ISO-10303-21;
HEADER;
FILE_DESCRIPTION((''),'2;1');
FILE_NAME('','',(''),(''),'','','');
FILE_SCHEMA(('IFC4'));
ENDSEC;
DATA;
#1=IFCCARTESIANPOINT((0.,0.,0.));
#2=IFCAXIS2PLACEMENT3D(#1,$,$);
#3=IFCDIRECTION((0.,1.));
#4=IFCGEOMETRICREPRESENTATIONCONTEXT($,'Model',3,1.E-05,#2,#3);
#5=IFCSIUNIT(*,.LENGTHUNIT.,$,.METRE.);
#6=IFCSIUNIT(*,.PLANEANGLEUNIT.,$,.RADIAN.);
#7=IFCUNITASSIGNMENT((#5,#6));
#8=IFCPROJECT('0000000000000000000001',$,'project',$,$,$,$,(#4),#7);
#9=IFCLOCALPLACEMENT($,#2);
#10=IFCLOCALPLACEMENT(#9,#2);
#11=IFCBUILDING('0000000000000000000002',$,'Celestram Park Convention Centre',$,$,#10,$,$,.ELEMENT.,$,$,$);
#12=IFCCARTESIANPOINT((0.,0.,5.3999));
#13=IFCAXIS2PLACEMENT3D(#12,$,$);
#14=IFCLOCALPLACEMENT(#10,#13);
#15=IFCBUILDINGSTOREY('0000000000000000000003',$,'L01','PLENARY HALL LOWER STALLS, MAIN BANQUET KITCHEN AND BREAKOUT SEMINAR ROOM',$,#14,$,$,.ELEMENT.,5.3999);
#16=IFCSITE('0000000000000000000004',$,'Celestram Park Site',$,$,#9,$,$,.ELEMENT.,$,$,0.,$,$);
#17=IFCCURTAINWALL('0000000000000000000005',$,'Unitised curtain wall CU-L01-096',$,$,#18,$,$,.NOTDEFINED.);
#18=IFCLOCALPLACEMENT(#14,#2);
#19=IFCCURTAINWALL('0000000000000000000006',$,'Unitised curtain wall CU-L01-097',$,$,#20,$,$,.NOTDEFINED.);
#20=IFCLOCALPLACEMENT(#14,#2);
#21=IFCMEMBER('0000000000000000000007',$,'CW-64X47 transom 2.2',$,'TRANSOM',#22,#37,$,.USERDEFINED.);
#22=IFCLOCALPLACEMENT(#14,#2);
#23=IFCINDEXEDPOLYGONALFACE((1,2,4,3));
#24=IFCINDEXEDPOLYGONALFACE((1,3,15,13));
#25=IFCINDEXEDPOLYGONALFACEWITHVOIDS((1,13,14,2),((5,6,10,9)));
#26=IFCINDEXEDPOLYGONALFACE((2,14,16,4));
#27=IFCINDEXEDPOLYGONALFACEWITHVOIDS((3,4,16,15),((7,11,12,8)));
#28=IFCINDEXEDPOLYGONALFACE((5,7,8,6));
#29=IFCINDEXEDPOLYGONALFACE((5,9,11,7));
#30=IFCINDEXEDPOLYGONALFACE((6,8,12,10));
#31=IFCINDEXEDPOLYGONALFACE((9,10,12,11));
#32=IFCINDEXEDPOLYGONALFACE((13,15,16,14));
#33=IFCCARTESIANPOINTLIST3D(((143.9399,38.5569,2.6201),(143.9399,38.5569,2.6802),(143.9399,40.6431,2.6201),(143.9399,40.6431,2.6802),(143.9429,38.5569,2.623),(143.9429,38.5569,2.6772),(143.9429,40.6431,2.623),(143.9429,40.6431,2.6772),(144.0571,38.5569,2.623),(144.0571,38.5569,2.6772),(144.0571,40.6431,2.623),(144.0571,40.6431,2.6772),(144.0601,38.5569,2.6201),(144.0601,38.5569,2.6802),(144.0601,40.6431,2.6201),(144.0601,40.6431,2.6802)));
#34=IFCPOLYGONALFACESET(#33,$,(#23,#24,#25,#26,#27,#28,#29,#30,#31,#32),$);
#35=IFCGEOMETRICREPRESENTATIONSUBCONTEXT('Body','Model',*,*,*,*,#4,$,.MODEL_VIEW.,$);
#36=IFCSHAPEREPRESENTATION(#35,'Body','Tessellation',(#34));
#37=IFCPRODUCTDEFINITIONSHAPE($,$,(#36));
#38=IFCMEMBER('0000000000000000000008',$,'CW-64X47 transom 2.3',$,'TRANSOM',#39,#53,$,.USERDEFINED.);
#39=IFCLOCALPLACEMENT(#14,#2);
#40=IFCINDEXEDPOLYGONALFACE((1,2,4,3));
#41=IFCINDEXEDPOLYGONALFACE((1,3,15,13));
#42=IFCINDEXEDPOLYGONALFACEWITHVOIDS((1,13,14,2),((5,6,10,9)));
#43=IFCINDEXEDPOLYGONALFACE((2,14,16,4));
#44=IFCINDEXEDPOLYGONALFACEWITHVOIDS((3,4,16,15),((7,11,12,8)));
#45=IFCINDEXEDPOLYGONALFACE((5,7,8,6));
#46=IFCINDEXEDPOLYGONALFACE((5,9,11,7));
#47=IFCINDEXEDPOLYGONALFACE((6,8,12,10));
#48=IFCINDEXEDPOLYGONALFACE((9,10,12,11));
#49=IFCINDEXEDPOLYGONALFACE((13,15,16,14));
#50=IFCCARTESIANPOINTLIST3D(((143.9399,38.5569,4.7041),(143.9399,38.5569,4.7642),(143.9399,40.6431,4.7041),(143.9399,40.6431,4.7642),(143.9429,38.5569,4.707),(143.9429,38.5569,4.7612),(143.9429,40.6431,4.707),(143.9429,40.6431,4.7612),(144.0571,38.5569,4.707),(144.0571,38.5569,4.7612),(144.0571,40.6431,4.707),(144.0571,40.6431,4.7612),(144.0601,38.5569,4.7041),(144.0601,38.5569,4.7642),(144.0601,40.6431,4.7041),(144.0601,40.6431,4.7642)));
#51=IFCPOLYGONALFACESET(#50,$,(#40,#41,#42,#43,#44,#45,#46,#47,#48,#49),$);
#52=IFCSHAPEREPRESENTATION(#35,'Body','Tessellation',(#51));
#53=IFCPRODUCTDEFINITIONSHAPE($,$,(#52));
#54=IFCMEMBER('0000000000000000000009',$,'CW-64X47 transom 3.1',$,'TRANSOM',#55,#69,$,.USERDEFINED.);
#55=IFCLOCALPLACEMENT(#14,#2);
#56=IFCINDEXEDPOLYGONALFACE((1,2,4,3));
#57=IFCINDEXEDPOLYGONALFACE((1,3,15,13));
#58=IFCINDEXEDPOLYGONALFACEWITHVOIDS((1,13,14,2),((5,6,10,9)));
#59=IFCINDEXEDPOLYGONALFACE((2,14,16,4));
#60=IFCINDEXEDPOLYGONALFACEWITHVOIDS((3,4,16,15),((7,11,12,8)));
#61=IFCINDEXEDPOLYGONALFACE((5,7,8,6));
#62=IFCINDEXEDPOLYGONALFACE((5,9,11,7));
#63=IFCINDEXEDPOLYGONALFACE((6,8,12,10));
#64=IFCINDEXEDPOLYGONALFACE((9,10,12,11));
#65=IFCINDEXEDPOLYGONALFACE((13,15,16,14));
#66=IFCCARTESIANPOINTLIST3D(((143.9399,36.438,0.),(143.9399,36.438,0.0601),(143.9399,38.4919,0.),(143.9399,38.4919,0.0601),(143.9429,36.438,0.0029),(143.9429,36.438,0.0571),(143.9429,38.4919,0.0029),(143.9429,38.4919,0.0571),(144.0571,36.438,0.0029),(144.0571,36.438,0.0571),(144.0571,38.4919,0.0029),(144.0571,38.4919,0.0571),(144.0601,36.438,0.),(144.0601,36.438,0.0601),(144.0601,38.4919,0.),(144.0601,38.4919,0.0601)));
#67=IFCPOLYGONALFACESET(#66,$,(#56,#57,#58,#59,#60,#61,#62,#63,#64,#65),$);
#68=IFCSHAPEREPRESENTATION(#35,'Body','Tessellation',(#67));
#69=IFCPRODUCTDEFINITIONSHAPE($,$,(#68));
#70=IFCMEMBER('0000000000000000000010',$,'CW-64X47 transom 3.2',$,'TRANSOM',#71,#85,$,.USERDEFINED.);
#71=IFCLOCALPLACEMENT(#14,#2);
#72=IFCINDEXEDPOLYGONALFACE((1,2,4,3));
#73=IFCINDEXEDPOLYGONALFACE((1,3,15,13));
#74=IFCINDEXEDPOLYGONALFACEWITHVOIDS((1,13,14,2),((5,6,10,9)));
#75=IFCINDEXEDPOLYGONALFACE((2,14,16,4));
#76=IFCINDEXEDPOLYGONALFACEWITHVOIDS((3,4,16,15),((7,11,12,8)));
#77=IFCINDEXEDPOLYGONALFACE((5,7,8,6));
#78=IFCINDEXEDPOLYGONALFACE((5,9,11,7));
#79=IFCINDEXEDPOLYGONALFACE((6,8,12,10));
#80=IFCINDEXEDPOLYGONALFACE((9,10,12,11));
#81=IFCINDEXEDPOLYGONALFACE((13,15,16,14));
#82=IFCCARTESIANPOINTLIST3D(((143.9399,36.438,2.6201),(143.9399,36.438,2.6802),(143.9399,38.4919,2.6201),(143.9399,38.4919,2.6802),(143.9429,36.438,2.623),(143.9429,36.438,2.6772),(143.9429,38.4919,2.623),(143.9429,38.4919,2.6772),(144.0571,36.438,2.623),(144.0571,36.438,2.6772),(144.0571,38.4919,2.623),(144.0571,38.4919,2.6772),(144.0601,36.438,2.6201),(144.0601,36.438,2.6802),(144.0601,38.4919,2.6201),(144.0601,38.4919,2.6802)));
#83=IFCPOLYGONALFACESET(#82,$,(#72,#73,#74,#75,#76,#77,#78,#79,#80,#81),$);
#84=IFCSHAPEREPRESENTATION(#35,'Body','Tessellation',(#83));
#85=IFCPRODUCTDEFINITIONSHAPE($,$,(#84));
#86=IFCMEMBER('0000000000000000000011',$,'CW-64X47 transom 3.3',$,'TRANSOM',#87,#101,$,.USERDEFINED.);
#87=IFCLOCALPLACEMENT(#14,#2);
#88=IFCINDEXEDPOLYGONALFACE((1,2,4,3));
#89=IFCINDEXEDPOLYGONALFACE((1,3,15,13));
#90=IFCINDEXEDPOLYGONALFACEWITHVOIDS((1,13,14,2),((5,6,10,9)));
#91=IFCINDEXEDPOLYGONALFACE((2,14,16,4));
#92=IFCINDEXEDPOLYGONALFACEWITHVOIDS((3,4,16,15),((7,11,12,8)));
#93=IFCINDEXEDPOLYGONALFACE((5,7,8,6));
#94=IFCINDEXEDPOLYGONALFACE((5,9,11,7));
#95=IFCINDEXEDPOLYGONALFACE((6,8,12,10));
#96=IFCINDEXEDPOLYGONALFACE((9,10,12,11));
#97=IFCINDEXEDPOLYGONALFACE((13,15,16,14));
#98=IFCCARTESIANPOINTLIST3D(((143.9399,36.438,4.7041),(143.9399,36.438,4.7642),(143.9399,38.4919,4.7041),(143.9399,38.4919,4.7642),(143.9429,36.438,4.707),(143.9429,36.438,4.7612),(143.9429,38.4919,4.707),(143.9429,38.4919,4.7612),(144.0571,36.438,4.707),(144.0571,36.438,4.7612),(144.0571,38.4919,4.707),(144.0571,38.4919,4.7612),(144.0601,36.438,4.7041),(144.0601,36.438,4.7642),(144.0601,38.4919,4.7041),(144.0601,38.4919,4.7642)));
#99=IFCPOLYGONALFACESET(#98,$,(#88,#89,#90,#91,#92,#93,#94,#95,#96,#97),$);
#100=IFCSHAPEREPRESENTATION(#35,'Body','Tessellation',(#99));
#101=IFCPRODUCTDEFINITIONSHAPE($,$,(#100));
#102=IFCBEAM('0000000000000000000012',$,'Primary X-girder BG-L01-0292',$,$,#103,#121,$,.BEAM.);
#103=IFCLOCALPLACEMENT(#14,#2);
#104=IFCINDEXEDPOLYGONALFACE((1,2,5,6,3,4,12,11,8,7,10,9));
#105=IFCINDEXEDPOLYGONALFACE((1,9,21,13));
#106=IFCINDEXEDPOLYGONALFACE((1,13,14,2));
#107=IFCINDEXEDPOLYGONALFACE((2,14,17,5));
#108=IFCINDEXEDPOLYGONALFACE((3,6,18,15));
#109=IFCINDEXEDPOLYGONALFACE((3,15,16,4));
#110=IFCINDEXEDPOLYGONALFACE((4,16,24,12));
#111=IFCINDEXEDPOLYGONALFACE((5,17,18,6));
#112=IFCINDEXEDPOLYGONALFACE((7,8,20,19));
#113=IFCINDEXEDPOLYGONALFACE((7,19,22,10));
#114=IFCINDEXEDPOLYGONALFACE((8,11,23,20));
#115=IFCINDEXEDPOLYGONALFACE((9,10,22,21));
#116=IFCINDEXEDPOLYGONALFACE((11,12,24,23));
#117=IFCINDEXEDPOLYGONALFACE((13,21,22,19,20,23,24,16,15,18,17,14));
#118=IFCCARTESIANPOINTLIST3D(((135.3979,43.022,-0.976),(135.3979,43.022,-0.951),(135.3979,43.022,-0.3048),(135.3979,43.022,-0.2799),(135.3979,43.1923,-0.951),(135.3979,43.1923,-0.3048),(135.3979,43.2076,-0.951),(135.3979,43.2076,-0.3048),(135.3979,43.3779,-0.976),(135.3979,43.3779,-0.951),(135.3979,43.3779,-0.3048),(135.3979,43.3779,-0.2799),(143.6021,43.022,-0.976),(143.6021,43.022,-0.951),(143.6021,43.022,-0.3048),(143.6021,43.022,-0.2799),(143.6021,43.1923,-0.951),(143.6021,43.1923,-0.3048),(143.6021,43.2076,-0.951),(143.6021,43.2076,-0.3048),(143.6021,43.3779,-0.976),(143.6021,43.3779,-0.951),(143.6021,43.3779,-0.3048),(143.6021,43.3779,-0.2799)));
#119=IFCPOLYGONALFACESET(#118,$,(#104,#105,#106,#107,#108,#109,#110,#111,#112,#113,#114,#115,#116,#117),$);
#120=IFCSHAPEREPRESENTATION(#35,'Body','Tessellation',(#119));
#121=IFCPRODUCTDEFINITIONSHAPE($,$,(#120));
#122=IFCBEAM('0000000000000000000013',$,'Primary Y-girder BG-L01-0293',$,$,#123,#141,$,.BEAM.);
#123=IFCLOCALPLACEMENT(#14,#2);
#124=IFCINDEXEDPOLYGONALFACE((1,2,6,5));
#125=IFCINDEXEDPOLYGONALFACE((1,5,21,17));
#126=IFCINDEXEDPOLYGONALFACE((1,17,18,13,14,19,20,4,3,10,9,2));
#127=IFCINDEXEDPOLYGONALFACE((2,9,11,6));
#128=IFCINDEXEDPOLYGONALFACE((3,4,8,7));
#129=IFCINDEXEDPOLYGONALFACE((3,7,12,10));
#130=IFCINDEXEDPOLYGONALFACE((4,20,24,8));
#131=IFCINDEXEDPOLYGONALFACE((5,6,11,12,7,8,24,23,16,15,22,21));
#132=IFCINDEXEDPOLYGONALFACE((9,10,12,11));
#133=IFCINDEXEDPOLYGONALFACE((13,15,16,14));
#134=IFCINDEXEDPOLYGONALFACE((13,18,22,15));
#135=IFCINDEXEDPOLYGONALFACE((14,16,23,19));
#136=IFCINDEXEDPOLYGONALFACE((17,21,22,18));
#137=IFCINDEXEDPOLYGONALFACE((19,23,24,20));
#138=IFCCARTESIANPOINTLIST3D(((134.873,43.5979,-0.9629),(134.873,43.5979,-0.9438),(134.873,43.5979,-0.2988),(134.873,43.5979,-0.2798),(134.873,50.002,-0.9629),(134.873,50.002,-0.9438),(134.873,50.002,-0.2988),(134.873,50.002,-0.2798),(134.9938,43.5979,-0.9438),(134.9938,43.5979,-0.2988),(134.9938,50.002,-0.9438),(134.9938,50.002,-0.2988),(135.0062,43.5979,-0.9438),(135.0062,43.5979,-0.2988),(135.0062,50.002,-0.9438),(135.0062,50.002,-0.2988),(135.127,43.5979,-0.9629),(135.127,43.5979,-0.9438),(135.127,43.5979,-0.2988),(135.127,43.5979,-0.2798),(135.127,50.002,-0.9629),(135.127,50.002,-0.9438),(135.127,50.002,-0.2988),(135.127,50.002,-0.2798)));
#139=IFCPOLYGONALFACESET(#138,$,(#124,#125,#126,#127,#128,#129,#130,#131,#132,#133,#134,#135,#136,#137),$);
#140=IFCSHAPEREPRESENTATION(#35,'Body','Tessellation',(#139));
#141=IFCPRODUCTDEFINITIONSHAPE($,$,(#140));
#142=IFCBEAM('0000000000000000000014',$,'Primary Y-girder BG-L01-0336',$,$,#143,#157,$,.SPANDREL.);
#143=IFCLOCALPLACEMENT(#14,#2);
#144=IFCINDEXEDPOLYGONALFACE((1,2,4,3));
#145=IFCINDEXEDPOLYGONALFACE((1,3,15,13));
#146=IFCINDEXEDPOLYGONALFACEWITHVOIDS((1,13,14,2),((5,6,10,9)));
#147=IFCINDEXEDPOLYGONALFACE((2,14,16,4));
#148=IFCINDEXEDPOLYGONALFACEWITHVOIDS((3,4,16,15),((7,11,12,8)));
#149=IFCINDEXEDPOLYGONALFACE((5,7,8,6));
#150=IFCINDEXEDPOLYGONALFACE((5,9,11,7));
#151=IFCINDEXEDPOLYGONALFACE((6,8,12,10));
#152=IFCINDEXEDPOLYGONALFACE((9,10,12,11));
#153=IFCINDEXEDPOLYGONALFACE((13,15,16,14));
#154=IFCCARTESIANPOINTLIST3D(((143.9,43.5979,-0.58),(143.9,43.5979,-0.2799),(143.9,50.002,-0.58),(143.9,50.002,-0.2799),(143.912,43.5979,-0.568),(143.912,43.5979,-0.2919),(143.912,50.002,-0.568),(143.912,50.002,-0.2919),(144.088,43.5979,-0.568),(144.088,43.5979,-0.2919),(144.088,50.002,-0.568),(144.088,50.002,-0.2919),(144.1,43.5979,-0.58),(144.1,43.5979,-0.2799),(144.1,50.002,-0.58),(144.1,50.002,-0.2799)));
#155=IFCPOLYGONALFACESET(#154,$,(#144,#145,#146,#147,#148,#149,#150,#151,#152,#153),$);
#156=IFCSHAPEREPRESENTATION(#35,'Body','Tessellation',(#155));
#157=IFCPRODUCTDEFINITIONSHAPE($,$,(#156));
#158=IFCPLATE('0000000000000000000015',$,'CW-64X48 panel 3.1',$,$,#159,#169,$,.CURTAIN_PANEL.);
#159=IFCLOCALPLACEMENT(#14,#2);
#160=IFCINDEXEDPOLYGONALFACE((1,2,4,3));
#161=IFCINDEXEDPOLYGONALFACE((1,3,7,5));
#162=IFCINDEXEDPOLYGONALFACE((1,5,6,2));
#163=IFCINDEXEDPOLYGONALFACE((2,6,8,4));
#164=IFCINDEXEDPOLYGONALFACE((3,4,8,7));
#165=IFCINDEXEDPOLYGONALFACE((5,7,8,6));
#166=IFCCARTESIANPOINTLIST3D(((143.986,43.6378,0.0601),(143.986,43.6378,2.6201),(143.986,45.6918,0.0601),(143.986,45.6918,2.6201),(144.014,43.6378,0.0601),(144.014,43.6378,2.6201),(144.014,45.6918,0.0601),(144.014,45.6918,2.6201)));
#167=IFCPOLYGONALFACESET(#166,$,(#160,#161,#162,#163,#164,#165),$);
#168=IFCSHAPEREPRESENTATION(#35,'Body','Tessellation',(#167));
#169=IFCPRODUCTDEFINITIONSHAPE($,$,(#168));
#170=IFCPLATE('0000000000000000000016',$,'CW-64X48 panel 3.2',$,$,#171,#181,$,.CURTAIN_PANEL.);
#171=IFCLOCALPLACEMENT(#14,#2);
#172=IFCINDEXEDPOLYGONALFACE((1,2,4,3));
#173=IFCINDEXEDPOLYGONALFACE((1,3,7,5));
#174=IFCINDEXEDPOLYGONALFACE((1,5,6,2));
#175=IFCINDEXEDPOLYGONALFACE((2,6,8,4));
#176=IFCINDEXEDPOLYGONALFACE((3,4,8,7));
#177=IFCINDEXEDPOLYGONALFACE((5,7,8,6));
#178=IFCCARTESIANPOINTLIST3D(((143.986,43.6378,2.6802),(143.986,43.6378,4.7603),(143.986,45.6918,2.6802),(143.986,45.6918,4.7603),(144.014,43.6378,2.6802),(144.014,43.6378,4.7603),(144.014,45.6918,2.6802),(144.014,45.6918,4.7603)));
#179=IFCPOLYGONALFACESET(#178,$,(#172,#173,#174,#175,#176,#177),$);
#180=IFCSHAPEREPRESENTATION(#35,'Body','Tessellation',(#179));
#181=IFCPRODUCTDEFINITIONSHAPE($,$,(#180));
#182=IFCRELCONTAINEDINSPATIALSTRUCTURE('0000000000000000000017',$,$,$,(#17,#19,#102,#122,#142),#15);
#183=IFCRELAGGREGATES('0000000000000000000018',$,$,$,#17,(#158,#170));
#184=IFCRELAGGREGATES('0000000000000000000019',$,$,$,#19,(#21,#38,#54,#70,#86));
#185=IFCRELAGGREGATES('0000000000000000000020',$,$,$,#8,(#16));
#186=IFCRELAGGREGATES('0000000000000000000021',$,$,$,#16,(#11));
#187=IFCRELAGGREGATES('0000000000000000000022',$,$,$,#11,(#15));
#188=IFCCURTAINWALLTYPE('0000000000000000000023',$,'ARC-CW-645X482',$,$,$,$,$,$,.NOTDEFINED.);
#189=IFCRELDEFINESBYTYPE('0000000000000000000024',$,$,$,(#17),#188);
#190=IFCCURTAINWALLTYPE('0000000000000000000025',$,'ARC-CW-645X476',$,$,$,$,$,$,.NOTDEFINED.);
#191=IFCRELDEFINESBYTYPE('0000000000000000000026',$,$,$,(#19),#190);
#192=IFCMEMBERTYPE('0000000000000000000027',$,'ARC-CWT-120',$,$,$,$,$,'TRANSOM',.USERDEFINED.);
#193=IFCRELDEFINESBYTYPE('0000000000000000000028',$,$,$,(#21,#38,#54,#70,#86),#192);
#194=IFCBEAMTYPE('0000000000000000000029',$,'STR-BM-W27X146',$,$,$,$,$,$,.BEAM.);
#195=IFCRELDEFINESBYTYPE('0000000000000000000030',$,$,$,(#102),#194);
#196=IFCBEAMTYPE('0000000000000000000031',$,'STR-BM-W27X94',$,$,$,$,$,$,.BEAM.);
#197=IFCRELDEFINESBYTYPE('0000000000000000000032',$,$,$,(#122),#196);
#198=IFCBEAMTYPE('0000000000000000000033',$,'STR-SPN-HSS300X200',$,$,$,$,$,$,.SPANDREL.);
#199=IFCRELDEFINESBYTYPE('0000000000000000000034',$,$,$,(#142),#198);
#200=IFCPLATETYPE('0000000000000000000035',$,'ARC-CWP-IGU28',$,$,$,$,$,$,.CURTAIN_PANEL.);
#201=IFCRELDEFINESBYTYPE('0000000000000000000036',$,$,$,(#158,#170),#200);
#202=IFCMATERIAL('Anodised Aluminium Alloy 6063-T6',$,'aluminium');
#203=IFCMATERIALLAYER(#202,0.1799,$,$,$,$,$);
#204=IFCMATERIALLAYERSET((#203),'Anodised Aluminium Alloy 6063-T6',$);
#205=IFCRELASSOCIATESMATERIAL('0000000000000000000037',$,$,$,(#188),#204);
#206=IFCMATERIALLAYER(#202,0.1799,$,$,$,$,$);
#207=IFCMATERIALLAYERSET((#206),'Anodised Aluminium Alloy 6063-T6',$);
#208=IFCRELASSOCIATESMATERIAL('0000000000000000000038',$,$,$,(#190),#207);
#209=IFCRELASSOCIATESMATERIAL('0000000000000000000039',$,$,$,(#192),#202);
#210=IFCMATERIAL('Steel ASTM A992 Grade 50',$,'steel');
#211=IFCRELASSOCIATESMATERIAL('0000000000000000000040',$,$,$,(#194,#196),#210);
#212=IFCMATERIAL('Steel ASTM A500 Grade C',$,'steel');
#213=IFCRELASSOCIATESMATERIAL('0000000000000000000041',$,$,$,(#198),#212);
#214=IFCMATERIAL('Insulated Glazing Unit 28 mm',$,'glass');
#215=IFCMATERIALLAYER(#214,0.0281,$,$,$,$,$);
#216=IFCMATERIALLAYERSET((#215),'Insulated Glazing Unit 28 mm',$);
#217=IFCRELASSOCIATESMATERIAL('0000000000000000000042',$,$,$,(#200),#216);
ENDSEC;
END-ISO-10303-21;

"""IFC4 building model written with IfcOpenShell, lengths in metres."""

from ifc_helpers import new_model, si_unit, direction, frame, origin, origin_2d, place, context, subcontext, project, spatial, rectangle, hollow_rectangle, i_section, extrude, material, layer, layer_set, material_profile, profile_set, type_object, element, aggregate, save


model = new_model("IFC4")

# Units and contexts
model_context = context("Model", 3, precision=1e-05, world=origin(), true_north=direction((0.0, 1.0)))
body_context = subcontext(model_context, "Body", "Model", "MODEL_VIEW")
ifc_project = project(units=[si_unit("LENGTHUNIT", "METRE"), si_unit("PLANEANGLEUNIT", "RADIAN")], contexts=[model_context])

# Site, building, storey
site_placement = place(None, origin())
site = spatial("IfcSite", under=ifc_project, at=site_placement, Name="Celestram Park Site", CompositionType="ELEMENT", RefElevation=0.0)
building_placement = place(site_placement, origin())
building = spatial("IfcBuilding", under=site, at=building_placement, Name="Celestram Park Convention Centre", CompositionType="ELEMENT")
storey_placement = place(building_placement, frame((0.0, 0.0, 5.3999)))
storey = spatial("IfcBuildingStorey", under=building, at=storey_placement, Name="L01", Description="PLENARY HALL LOWER STALLS, MAIN BANQUET KITCHEN AND BREAKOUT SEMINAR ROOM", CompositionType="ELEMENT", Elevation=5.3999)

# Curtain wall
ifc_material_1 = material(Name="Anodised Aluminium Alloy 6063-T6", Category="aluminium")
ifc_layer_1 = layer(ifc_material_1, 0.1799)
ifc_layer_set_1 = layer_set([ifc_layer_1], Name="Anodised Aluminium Alloy 6063-T6")
curtain_wall_type_1 = type_object("IfcCurtainWallType", Name="ARC-CW-645X482", PredefinedType="NOTDEFINED", material=ifc_layer_set_1)
curtain_wall_1_placement = place(storey_placement, origin())
curtain_wall_1 = element("IfcCurtainWall", 1, at=curtain_wall_1_placement, inside=storey, type_object=curtain_wall_type_1, Name="Unitised curtain wall CU-L01-096", PredefinedType="NOTDEFINED")

# Curtain wall
ifc_layer_2 = layer(ifc_material_1, 0.1799)
ifc_layer_set_2 = layer_set([ifc_layer_2], Name="Anodised Aluminium Alloy 6063-T6")
curtain_wall_type_2 = type_object("IfcCurtainWallType", Name="ARC-CW-645X476", PredefinedType="NOTDEFINED", material=ifc_layer_set_2)
curtain_wall_2_placement = place(storey_placement, origin())
curtain_wall_2 = element("IfcCurtainWall", 2, at=curtain_wall_2_placement, inside=storey, type_object=curtain_wall_type_2, Name="Unitised curtain wall CU-L01-097", PredefinedType="NOTDEFINED")

# Members
ifc_material_profile_1 = material_profile(ifc_material_1, hollow_rectangle(XDim=0.1201, YDim=0.0601, WallThickness=0.0029, at=origin_2d()), Name="ALU120X60X3")
ifc_profile_set_1 = profile_set([ifc_material_profile_1], Name="Anodised Aluminium Alloy 6063-T6")
member_type_1 = type_object("IfcMemberType", Name="ARC-CWT-120", ElementType="TRANSOM", PredefinedType="USERDEFINED", material=ifc_profile_set_1)
member_1_placement = place(storey_placement, frame((144.0, 40.6431, 2.6501), z_axis=(0.0, -1.0, 0.0), x_axis=(1.0, 0.0, 0.0)))
member_1 = element("IfcMember", 3, at=member_1_placement, type_object=member_type_1, Name="CW-64X47 transom 2.2", ObjectType="TRANSOM", PredefinedType="USERDEFINED", context=body_context, shape_type="SweptSolid", body=[
    extrude(hollow_rectangle(XDim=0.1201, YDim=0.0601, WallThickness=0.0029, at=origin_2d()), origin(), (0.0, 0.0, 1.0), 2.0862),
])
member_2_placement = place(storey_placement, frame((144.0, 40.6431, 4.7341), z_axis=(0.0, -1.0, 0.0), x_axis=(1.0, 0.0, 0.0)))
member_2 = element("IfcMember", 4, at=member_2_placement, type_object=member_type_1, Name="CW-64X47 transom 2.3", ObjectType="TRANSOM", PredefinedType="USERDEFINED", context=body_context, shape_type="SweptSolid", body=[
    extrude(hollow_rectangle(XDim=0.1201, YDim=0.0601, WallThickness=0.0029, at=origin_2d()), origin(), (0.0, 0.0, 1.0), 2.0862),
])
member_3_placement = place(storey_placement, frame((144.0, 38.4919, 0.03), z_axis=(0.0, -1.0, 0.0), x_axis=(1.0, 0.0, 0.0)))
member_3 = element("IfcMember", 5, at=member_3_placement, type_object=member_type_1, Name="CW-64X47 transom 3.1", ObjectType="TRANSOM", PredefinedType="USERDEFINED", context=body_context, shape_type="SweptSolid", body=[
    extrude(hollow_rectangle(XDim=0.1201, YDim=0.0601, WallThickness=0.0029, at=origin_2d()), origin(), (0.0, 0.0, 1.0), 2.054),
])
member_4_placement = place(storey_placement, frame((144.0, 38.4919, 2.6501), z_axis=(0.0, -1.0, 0.0), x_axis=(1.0, 0.0, 0.0)))
member_4 = element("IfcMember", 6, at=member_4_placement, type_object=member_type_1, Name="CW-64X47 transom 3.2", ObjectType="TRANSOM", PredefinedType="USERDEFINED", context=body_context, shape_type="SweptSolid", body=[
    extrude(hollow_rectangle(XDim=0.1201, YDim=0.0601, WallThickness=0.0029, at=origin_2d()), origin(), (0.0, 0.0, 1.0), 2.054),
])
member_5_placement = place(storey_placement, frame((144.0, 38.4919, 4.7341), z_axis=(0.0, -1.0, 0.0), x_axis=(1.0, 0.0, 0.0)))
member_5 = element("IfcMember", 7, at=member_5_placement, type_object=member_type_1, Name="CW-64X47 transom 3.3", ObjectType="TRANSOM", PredefinedType="USERDEFINED", context=body_context, shape_type="SweptSolid", body=[
    extrude(hollow_rectangle(XDim=0.1201, YDim=0.0601, WallThickness=0.0029, at=origin_2d()), origin(), (0.0, 0.0, 1.0), 2.054),
])

# Beams
ifc_material_2 = material(Name="Steel ASTM A992 Grade 50", Category="steel")
ifc_material_profile_2 = material_profile(ifc_material_2, i_section(OverallWidth=0.356, OverallDepth=0.696, WebThickness=0.0154, FlangeThickness=0.0249, at=origin_2d()), Name="W27X146")
ifc_profile_set_2 = profile_set([ifc_material_profile_2], Name="Steel ASTM A992 Grade 50")
beam_type_1 = type_object("IfcBeamType", Name="STR-BM-W27X146", PredefinedType="BEAM", material=ifc_profile_set_2)
beam_1_placement = place(storey_placement, frame((135.3979, 43.2, -0.6279), z_axis=(1.0, 0.0, 0.0), x_axis=(0.0, 1.0, 0.0)))
element("IfcBeam", 8, at=beam_1_placement, inside=storey, type_object=beam_type_1, Name="Primary X-girder BG-L01-0292", PredefinedType="BEAM", context=body_context, shape_type="SweptSolid", body=[
    extrude(i_section(OverallWidth=0.356, OverallDepth=0.696, WebThickness=0.0154, FlangeThickness=0.0249, at=origin_2d()), origin(), (0.0, 0.0, 1.0), 8.2041),
])
ifc_material_profile_3 = material_profile(ifc_material_2, i_section(OverallWidth=0.2539, OverallDepth=0.6831, WebThickness=0.0125, FlangeThickness=0.019, at=origin_2d()), Name="W27X94")
ifc_profile_set_3 = profile_set([ifc_material_profile_3], Name="Steel ASTM A992 Grade 50")
beam_type_2 = type_object("IfcBeamType", Name="STR-BM-W27X94", PredefinedType="BEAM", material=ifc_profile_set_3)
beam_2_placement = place(storey_placement, frame((135.0, 43.5979, -0.6213), z_axis=(0.0, 1.0, 0.0), x_axis=(-1.0, 0.0, 0.0)))
element("IfcBeam", 9, at=beam_2_placement, inside=storey, type_object=beam_type_2, Name="Primary Y-girder BG-L01-0293", PredefinedType="BEAM", context=body_context, shape_type="SweptSolid", body=[
    extrude(i_section(OverallWidth=0.2539, OverallDepth=0.6831, WebThickness=0.0125, FlangeThickness=0.019, at=origin_2d()), origin(), (0.0, 0.0, 1.0), 6.4041),
])
ifc_material_3 = material(Name="Steel ASTM A500 Grade C", Category="steel")
ifc_material_profile_4 = material_profile(ifc_material_3, hollow_rectangle(XDim=0.2, YDim=0.3, WallThickness=0.012, at=origin_2d()), Name="HSS300X200X12")
ifc_profile_set_4 = profile_set([ifc_material_profile_4], Name="Steel ASTM A500 Grade C")
beam_type_3 = type_object("IfcBeamType", Name="STR-SPN-HSS300X200", PredefinedType="SPANDREL", material=ifc_profile_set_4)
beam_3_placement = place(storey_placement, frame((144.0, 43.5979, -0.4299), z_axis=(0.0, 1.0, 0.0), x_axis=(-1.0, 0.0, 0.0)))
element("IfcBeam", 10, at=beam_3_placement, inside=storey, type_object=beam_type_3, Name="Primary Y-girder BG-L01-0336", PredefinedType="SPANDREL", context=body_context, shape_type="SweptSolid", body=[
    extrude(hollow_rectangle(XDim=0.2, YDim=0.3, WallThickness=0.012, at=origin_2d()), origin(), (0.0, 0.0, 1.0), 6.4041),
])

# Plates
ifc_material_4 = material(Name="Insulated Glazing Unit 28 mm", Category="glass")
ifc_layer_3 = layer(ifc_material_4, 0.0281)
ifc_layer_set_3 = layer_set([ifc_layer_3], Name="Insulated Glazing Unit 28 mm")
plate_type = type_object("IfcPlateType", Name="ARC-CWP-IGU28", PredefinedType="CURTAIN_PANEL", material=ifc_layer_set_3)
plate_1_placement = place(storey_placement, frame((144.0, 44.6648, 0.0601), z_axis=(0.0, 0.0, 1.0), x_axis=(0.0, -1.0, 0.0)))
plate_1 = element("IfcPlate", 11, at=plate_1_placement, type_object=plate_type, Name="CW-64X48 panel 3.1", PredefinedType="CURTAIN_PANEL", context=body_context, shape_type="SweptSolid", body=[
    extrude(rectangle(XDim=2.054, YDim=0.0281, at=origin_2d()), origin(), (0.0, 0.0, 1.0), 2.5601),
])
plate_2_placement = place(storey_placement, frame((144.0, 44.6648, 2.6802), z_axis=(0.0, 0.0, 1.0), x_axis=(0.0, -1.0, 0.0)))
plate_2 = element("IfcPlate", 12, at=plate_2_placement, type_object=plate_type, Name="CW-64X48 panel 3.2", PredefinedType="CURTAIN_PANEL", context=body_context, shape_type="SweptSolid", body=[
    extrude(rectangle(XDim=2.054, YDim=0.0281, at=origin_2d()), origin(), (0.0, 0.0, 1.0), 2.0801),
])
aggregate(curtain_wall_1, [plate_1, plate_2])
aggregate(curtain_wall_2, [member_1, member_2, member_3, member_4, member_5])

save(model, "model.ifc")
